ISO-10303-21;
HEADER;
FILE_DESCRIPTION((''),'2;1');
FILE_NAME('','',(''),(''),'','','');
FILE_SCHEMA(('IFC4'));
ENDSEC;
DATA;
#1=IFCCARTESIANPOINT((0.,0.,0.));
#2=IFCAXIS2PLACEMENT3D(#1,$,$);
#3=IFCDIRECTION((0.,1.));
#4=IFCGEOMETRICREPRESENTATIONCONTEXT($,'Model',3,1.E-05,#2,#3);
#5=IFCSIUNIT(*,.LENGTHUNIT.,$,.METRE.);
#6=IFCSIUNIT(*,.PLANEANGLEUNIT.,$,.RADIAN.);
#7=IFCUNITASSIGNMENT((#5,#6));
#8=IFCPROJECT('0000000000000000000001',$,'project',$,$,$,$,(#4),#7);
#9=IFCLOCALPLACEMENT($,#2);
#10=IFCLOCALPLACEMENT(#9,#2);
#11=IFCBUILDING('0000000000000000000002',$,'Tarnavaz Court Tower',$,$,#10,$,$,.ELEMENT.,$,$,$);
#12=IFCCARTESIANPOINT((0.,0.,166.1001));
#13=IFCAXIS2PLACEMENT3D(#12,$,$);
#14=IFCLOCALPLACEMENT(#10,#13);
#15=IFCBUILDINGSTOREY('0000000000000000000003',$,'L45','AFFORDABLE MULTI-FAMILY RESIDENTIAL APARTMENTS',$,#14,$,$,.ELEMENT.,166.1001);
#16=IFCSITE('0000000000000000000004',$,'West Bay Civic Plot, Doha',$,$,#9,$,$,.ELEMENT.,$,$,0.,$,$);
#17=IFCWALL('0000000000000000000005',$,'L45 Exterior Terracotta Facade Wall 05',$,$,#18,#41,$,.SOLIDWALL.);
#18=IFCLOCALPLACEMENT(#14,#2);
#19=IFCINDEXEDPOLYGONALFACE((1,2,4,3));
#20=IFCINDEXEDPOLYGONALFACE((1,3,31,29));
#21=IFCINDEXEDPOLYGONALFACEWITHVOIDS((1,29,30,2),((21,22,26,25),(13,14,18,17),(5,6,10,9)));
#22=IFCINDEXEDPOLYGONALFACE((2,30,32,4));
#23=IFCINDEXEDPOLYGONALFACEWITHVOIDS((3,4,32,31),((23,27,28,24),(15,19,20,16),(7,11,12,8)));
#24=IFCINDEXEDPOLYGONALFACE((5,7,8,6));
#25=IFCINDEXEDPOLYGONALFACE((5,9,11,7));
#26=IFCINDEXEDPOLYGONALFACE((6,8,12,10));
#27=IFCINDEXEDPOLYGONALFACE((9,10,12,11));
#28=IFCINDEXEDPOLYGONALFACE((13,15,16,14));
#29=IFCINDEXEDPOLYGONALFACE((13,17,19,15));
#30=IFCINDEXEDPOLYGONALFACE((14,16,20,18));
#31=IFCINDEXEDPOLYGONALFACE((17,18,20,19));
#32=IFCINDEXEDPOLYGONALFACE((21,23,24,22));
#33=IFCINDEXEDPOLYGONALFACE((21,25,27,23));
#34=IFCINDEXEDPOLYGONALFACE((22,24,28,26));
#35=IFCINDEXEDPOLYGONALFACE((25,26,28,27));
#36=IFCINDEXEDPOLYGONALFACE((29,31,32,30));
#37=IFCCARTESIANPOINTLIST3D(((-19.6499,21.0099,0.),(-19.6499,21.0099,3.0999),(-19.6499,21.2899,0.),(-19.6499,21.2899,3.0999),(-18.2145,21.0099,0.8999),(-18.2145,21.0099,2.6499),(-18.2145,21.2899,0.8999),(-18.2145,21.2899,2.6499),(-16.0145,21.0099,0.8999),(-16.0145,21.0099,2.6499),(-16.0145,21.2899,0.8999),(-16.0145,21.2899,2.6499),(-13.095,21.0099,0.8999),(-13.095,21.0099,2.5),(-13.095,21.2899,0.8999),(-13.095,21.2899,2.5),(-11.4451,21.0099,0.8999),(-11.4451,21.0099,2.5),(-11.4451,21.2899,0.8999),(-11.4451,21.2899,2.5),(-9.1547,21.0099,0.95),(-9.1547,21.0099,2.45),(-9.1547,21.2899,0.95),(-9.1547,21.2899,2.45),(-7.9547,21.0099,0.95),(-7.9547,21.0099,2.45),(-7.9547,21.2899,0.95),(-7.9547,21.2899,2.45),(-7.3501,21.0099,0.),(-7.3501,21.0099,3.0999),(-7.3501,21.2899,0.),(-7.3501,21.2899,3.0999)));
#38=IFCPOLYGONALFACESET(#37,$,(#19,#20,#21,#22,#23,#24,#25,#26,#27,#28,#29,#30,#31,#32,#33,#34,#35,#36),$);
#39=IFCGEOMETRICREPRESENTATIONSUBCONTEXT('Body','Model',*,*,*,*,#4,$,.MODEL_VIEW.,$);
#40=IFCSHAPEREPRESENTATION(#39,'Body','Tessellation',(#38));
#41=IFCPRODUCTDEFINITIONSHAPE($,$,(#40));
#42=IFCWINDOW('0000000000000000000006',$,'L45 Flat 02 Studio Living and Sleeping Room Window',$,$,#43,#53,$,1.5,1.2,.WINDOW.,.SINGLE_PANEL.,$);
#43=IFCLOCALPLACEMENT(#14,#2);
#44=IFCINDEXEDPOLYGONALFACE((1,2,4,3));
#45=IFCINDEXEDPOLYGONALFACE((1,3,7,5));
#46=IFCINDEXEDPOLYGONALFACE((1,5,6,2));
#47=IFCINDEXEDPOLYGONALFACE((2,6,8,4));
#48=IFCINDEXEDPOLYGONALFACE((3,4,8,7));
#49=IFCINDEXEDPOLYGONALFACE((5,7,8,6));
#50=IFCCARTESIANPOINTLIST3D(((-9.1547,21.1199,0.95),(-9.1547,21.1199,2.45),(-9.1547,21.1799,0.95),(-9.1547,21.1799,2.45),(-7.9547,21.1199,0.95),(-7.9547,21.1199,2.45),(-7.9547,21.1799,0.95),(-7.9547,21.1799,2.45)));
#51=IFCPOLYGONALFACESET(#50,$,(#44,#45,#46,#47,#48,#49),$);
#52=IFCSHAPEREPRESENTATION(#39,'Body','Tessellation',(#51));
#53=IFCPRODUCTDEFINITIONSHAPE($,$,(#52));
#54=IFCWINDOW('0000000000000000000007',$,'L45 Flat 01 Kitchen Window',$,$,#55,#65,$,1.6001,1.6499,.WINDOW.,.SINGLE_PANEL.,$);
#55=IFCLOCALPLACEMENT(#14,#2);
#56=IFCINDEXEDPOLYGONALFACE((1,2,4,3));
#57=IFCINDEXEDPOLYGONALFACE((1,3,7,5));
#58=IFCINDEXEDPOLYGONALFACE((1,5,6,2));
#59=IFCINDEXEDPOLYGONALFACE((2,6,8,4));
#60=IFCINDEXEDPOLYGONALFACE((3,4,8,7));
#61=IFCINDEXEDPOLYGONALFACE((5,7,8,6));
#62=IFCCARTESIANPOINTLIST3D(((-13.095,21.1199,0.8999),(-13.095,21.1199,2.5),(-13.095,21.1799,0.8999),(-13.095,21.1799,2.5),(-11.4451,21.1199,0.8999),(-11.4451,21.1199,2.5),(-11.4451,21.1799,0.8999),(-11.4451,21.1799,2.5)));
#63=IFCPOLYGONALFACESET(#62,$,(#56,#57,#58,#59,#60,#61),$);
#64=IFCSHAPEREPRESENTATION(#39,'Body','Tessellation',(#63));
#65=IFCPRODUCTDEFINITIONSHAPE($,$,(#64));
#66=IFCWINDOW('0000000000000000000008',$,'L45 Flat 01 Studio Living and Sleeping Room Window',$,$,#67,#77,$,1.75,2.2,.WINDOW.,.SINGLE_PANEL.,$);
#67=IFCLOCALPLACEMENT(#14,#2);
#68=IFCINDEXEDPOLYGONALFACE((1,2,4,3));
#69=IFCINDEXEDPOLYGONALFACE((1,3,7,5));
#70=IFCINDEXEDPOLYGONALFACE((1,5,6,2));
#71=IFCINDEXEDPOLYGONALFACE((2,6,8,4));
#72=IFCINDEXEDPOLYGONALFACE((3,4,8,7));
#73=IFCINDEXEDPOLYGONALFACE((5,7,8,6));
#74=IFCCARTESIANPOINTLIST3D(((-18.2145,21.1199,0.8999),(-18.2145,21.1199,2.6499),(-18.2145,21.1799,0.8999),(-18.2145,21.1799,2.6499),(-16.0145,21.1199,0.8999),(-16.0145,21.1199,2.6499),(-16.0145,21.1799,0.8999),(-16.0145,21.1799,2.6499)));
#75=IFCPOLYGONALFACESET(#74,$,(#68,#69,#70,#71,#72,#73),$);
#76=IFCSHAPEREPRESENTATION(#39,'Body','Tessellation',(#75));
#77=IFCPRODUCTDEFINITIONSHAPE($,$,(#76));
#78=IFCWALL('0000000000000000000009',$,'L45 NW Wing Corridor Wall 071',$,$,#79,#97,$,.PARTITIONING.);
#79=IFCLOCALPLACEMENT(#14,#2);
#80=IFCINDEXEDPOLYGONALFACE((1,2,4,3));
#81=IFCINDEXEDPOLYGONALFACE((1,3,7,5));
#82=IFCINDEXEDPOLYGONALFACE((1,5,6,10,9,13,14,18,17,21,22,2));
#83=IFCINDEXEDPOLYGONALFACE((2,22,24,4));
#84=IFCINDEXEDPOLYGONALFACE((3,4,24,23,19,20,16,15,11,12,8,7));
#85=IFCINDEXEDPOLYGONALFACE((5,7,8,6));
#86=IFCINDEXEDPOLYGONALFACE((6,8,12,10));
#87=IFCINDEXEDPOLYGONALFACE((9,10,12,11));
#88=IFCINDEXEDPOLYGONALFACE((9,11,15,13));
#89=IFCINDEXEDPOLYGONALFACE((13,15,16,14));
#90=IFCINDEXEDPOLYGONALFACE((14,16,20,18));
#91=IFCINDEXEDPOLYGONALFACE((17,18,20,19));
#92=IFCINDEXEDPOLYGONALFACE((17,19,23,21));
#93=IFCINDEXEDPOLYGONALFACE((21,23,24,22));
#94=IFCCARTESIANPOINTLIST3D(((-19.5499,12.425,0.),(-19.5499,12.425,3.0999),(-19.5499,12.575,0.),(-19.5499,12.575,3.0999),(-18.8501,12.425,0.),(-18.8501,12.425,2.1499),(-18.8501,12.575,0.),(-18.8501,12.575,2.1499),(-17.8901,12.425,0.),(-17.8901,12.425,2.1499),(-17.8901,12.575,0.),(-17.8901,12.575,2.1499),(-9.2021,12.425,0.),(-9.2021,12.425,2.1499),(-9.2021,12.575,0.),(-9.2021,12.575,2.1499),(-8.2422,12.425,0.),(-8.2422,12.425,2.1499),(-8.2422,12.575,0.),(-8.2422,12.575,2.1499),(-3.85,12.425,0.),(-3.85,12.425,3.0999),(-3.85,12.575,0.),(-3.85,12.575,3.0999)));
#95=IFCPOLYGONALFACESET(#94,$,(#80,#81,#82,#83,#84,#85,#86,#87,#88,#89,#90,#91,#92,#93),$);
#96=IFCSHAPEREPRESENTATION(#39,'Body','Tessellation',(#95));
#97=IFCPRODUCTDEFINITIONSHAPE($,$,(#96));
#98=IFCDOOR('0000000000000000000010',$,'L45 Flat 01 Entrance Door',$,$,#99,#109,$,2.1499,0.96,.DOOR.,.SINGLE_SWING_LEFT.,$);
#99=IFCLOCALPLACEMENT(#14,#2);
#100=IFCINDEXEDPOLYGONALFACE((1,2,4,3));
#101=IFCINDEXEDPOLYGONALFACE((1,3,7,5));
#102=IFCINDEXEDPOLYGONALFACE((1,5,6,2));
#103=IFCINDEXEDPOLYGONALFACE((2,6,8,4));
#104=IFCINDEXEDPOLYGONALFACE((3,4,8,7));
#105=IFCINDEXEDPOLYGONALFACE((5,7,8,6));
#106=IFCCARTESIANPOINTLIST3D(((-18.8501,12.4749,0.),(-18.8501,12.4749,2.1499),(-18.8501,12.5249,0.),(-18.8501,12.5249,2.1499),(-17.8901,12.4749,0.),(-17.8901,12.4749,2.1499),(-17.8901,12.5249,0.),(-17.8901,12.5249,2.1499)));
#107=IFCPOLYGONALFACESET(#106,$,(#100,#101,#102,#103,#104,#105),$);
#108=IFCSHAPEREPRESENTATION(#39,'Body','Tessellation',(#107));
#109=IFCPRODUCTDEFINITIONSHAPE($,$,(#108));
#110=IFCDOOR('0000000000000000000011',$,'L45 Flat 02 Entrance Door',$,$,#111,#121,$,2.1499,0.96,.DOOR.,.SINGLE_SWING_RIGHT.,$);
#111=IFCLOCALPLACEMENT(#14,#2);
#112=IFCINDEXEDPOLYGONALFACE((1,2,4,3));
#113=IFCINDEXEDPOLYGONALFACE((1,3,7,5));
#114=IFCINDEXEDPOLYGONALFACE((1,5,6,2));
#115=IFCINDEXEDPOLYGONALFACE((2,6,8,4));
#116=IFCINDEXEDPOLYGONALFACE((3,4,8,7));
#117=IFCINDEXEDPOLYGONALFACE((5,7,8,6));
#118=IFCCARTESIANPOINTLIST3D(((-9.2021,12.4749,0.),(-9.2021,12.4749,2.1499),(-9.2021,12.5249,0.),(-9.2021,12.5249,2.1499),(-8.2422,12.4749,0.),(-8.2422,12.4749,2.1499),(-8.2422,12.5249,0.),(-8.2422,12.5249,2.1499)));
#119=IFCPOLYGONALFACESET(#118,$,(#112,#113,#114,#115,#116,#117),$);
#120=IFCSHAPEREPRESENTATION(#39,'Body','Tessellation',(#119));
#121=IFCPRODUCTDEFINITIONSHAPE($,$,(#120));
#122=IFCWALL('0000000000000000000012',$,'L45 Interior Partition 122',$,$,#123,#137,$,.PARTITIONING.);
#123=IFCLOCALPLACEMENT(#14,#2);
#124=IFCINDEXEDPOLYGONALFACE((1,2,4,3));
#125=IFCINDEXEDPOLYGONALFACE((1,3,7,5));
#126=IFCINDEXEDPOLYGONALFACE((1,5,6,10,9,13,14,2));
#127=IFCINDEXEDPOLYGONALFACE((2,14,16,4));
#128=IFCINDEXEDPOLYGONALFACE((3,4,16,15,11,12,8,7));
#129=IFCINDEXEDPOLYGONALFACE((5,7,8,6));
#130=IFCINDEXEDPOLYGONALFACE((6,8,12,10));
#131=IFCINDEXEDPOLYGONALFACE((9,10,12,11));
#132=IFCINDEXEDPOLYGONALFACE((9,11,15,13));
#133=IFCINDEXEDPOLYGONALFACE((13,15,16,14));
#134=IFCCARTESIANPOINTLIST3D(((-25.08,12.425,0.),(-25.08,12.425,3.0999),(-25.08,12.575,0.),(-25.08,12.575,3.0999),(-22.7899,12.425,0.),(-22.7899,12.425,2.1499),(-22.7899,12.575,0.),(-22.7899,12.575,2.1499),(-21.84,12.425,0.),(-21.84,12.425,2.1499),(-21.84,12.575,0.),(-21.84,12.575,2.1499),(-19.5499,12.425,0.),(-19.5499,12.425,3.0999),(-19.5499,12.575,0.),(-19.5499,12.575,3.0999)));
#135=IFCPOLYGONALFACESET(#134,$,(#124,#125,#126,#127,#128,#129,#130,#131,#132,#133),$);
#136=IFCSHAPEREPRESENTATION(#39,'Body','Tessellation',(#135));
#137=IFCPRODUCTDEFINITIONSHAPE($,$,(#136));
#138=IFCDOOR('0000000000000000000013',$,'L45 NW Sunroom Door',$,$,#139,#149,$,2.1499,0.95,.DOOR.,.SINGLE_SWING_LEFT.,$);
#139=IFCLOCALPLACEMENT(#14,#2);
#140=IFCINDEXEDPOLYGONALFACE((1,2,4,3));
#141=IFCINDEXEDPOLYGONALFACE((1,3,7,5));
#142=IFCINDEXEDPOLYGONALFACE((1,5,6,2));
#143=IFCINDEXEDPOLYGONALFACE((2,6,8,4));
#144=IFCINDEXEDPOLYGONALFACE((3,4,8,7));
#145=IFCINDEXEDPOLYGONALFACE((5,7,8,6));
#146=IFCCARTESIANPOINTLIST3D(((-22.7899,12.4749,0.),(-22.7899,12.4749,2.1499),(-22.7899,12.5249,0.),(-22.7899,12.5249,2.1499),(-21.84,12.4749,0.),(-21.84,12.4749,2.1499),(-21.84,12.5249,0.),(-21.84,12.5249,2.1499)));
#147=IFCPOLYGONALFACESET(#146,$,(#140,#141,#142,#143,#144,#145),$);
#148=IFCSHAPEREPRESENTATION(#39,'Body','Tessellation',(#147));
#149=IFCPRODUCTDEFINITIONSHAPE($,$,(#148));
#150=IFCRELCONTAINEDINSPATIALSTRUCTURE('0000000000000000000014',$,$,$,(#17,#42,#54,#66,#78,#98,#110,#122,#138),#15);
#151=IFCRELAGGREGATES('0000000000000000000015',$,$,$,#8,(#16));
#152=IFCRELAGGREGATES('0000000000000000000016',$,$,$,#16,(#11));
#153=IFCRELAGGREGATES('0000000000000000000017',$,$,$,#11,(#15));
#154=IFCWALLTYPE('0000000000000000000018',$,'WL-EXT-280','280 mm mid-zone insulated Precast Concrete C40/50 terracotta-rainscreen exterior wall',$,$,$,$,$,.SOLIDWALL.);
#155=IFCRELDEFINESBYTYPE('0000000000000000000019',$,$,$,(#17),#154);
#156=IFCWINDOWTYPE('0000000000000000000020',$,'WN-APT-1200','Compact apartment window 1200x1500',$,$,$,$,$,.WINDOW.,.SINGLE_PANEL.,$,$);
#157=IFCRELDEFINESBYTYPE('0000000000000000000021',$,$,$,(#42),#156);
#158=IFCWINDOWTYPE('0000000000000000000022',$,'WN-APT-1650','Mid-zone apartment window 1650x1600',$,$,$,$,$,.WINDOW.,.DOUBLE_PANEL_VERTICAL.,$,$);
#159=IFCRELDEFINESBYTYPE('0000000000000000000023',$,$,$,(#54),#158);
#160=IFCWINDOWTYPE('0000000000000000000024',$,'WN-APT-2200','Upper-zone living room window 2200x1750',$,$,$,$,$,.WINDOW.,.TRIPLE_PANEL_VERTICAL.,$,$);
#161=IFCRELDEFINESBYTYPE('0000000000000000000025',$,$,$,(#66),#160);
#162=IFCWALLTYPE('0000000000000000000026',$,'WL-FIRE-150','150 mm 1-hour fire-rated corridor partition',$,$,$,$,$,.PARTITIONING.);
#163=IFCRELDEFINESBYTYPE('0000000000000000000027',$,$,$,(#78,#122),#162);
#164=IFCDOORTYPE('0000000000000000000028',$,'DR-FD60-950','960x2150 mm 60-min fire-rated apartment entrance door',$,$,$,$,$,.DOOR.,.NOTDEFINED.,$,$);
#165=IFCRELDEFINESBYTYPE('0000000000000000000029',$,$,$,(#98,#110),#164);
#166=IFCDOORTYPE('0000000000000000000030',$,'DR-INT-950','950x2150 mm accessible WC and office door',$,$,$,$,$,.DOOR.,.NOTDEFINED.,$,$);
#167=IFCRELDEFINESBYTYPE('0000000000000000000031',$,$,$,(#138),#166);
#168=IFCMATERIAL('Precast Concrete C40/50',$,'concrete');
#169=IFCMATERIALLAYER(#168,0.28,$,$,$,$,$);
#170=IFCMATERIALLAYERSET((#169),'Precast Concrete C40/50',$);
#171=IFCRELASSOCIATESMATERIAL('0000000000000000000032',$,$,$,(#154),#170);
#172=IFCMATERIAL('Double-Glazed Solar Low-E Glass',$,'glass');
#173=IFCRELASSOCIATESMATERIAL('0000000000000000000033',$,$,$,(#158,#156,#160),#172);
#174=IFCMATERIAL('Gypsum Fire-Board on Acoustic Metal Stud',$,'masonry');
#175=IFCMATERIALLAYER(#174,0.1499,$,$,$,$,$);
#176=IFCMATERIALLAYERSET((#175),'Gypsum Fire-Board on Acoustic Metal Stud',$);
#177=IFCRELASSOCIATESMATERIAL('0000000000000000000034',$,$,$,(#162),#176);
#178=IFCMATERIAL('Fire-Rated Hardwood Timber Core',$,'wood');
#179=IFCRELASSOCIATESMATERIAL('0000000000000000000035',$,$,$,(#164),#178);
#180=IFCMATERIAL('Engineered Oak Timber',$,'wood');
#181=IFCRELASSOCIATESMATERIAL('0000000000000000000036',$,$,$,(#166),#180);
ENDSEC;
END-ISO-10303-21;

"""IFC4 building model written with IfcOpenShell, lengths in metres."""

from ifc_helpers import new_model, si_unit, direction, frame, frame_2d, origin, place, context, subcontext, project, spatial, rectangle, extrude, material, layer, layer_set, type_object, element, fill, save


model = new_model("IFC4")

# Units and contexts
model_context = context("Model", 3, precision=1e-05, world=origin(), true_north=direction((0.0, 1.0)))
body_context = subcontext(model_context, "Body", "Model", "MODEL_VIEW")
ifc_project = project(units=[si_unit("LENGTHUNIT", "METRE"), si_unit("PLANEANGLEUNIT", "RADIAN")], contexts=[model_context])

# Site, building, storey
site_placement = place(None, origin())
site = spatial("IfcSite", under=ifc_project, at=site_placement, Name="West Bay Civic Plot, Doha", CompositionType="ELEMENT", RefElevation=0.0)
building_placement = place(site_placement, origin())
building = spatial("IfcBuilding", under=site, at=building_placement, Name="Tarnavaz Court Tower", CompositionType="ELEMENT")
storey_placement = place(building_placement, frame((0.0, 0.0, 166.1001)))
storey = spatial("IfcBuildingStorey", under=building, at=storey_placement, Name="L45", Description="AFFORDABLE MULTI-FAMILY RESIDENTIAL APARTMENTS", CompositionType="ELEMENT", Elevation=166.1001)

# Shared definitions
ifc_material_1 = material(Name="Precast Concrete C40/50", Category="concrete")
ifc_layer_1 = layer(ifc_material_1, 0.28)
ifc_layer_set_1 = layer_set([ifc_layer_1], Name="Precast Concrete C40/50")
wall_type_1 = type_object("IfcWallType", Name="WL-EXT-280", Description="280 mm mid-zone insulated Precast Concrete C40/50 terracotta-rainscreen exterior wall", PredefinedType="SOLIDWALL", material=ifc_layer_set_1)
ifc_material_2 = material(Name="Double-Glazed Solar Low-E Glass", Category="glass")
window_type_1 = type_object("IfcWindowType", Name="WN-APT-1650", Description="Mid-zone apartment window 1650x1600", PartitioningType="DOUBLE_PANEL_VERTICAL", PredefinedType="WINDOW", material=ifc_material_2)

# Wall, openings, windows
wall_1_placement = place(storey_placement, frame((-19.6499, 21.1499, 0.0), z_axis=(0.0, 0.0, 1.0), x_axis=(1.0, 0.0, 0.0)))
wall_1 = element("IfcWall", 1, at=wall_1_placement, inside=storey, type_object=wall_type_1, Name="L45 Exterior Terracotta Facade Wall 05", PredefinedType="SOLIDWALL", context=body_context, shape_type="SweptSolid", body=[
    extrude(rectangle(XDim=12.2998, YDim=0.28, at=frame_2d((6.1499, 0.0))), origin(), (0.0, 0.0, 1.0), 3.0999),
])
opening_1_placement = place(wall_1_placement, frame((1.4353, 0.0, 0.8999)))
opening_1 = element("IfcOpeningElement", 2, at=opening_1_placement, cuts=wall_1, PredefinedType="OPENING", context=body_context, shape_type="SweptSolid", body=[
    extrude(rectangle(XDim=2.2, YDim=1.75, at=frame_2d((1.1001, 0.875))), frame((0.0, 0.1499, 0.0), z_axis=(0.0, -1.0, 0.0), x_axis=(1.0, 0.0, 0.0)), (0.0, 0.0, 1.0), 0.3),
])
opening_2_placement = place(wall_1_placement, frame((6.5549, 0.0, 0.8999)))
opening_2 = element("IfcOpeningElement", 3, at=opening_2_placement, cuts=wall_1, PredefinedType="OPENING", context=body_context, shape_type="SweptSolid", body=[
    extrude(rectangle(XDim=1.6499, YDim=1.6001, at=frame_2d((0.825, 0.8))), frame((0.0, 0.1499, 0.0), z_axis=(0.0, -1.0, 0.0), x_axis=(1.0, 0.0, 0.0)), (0.0, 0.0, 1.0), 0.3),
])
opening_3_placement = place(wall_1_placement, frame((10.4951, 0.0, 0.95)))
opening_3 = element("IfcOpeningElement", 4, at=opening_3_placement, cuts=wall_1, PredefinedType="OPENING", context=body_context, shape_type="SweptSolid", body=[
    extrude(rectangle(XDim=1.2, YDim=1.5, at=frame_2d((0.6001, 0.75))), frame((0.0, 0.1499, 0.0), z_axis=(0.0, -1.0, 0.0), x_axis=(1.0, 0.0, 0.0)), (0.0, 0.0, 1.0), 0.3),
])
window_type_2 = type_object("IfcWindowType", Name="WN-APT-1200", Description="Compact apartment window 1200x1500", PartitioningType="SINGLE_PANEL", PredefinedType="WINDOW", material=ifc_material_2)
window_1_placement = place(opening_3_placement, origin())
window_1 = element("IfcWindow", 5, at=window_1_placement, inside=storey, type_object=window_type_2, Name="L45 Flat 02 Studio Living and Sleeping Room Window", OverallHeight=1.5, OverallWidth=1.2, PartitioningType="SINGLE_PANEL", PredefinedType="WINDOW", context=body_context, shape_type="SweptSolid", body=[
    extrude(rectangle(XDim=1.2, YDim=1.5, at=frame_2d((0.6001, 0.75))), frame((0.0, 0.03, 0.0), z_axis=(0.0, -1.0, 0.0), x_axis=(1.0, 0.0, 0.0)), (0.0, 0.0, 1.0), 0.0601),
])
fill(opening_3, window_1)
window_2_placement = place(opening_2_placement, origin())
window_2 = element("IfcWindow", 6, at=window_2_placement, inside=storey, type_object=window_type_1, Name="L45 Flat 01 Kitchen Window", OverallHeight=1.6001, OverallWidth=1.6499, PartitioningType="SINGLE_PANEL", PredefinedType="WINDOW", context=body_context, shape_type="SweptSolid", body=[
    extrude(rectangle(XDim=1.6499, YDim=1.6001, at=frame_2d((0.825, 0.8))), frame((0.0, 0.03, 0.0), z_axis=(0.0, -1.0, 0.0), x_axis=(1.0, 0.0, 0.0)), (0.0, 0.0, 1.0), 0.0601),
])
fill(opening_2, window_2)
window_type_3 = type_object("IfcWindowType", Name="WN-APT-2200", Description="Upper-zone living room window 2200x1750", PartitioningType="TRIPLE_PANEL_VERTICAL", PredefinedType="WINDOW", material=ifc_material_2)
window_3_placement = place(opening_1_placement, origin())
window_3 = element("IfcWindow", 7, at=window_3_placement, inside=storey, type_object=window_type_3, Name="L45 Flat 01 Studio Living and Sleeping Room Window", OverallHeight=1.75, OverallWidth=2.2, PartitioningType="SINGLE_PANEL", PredefinedType="WINDOW", context=body_context, shape_type="SweptSolid", body=[
    extrude(rectangle(XDim=2.2, YDim=1.75, at=frame_2d((1.1001, 0.875))), frame((0.0, 0.03, 0.0), z_axis=(0.0, -1.0, 0.0), x_axis=(1.0, 0.0, 0.0)), (0.0, 0.0, 1.0), 0.0601),
])
fill(opening_1, window_3)

# Wall, openings, doors
ifc_material_3 = material(Name="Gypsum Fire-Board on Acoustic Metal Stud", Category="masonry")
ifc_layer_2 = layer(ifc_material_3, 0.1499)
ifc_layer_set_2 = layer_set([ifc_layer_2], Name="Gypsum Fire-Board on Acoustic Metal Stud")
wall_type_2 = type_object("IfcWallType", Name="WL-FIRE-150", Description="150 mm 1-hour fire-rated corridor partition", PredefinedType="PARTITIONING", material=ifc_layer_set_2)
wall_2_placement = place(storey_placement, frame((-19.55, 12.5, 0.0), z_axis=(0.0, 0.0, 1.0), x_axis=(1.0, 0.0, 0.0)))
wall_2 = element("IfcWall", 8, at=wall_2_placement, inside=storey, type_object=wall_type_2, Name="L45 NW Wing Corridor Wall 071", PredefinedType="PARTITIONING", context=body_context, shape_type="SweptSolid", body=[
    extrude(rectangle(XDim=15.7, YDim=0.1499, at=frame_2d((7.8501, 0.0))), origin(), (0.0, 0.0, 1.0), 3.0999),
])
opening_4_placement = place(wall_2_placement, frame((0.7, 0.0, 0.0)))
opening_4 = element("IfcOpeningElement", 9, at=opening_4_placement, cuts=wall_2, PredefinedType="OPENING", context=body_context, shape_type="SweptSolid", body=[
    extrude(rectangle(XDim=0.96, YDim=2.1499, at=frame_2d((0.48, 1.075))), frame((0.0, 0.085, 0.0), z_axis=(0.0, -1.0, 0.0), x_axis=(1.0, 0.0, 0.0)), (0.0, 0.0, 1.0), 0.1699),
])
opening_5_placement = place(wall_2_placement, frame((10.3479, 0.0, 0.0)))
opening_5 = element("IfcOpeningElement", 10, at=opening_5_placement, cuts=wall_2, PredefinedType="OPENING", context=body_context, shape_type="SweptSolid", body=[
    extrude(rectangle(XDim=0.96, YDim=2.1499, at=frame_2d((0.48, 1.075))), frame((0.0, 0.085, 0.0), z_axis=(0.0, -1.0, 0.0), x_axis=(1.0, 0.0, 0.0)), (0.0, 0.0, 1.0), 0.1699),
])
ifc_material_4 = material(Name="Fire-Rated Hardwood Timber Core", Category="wood")
door_type_1 = type_object("IfcDoorType", Name="DR-FD60-950", Description="960x2150 mm 60-min fire-rated apartment entrance door", OperationType="NOTDEFINED", PredefinedType="DOOR", material=ifc_material_4)
door_1_placement = place(opening_4_placement, origin())
door_1 = element("IfcDoor", 11, at=door_1_placement, inside=storey, type_object=door_type_1, Name="L45 Flat 01 Entrance Door", OperationType="SINGLE_SWING_LEFT", OverallHeight=2.1499, OverallWidth=0.96, PredefinedType="DOOR", context=body_context, shape_type="SweptSolid", body=[
    extrude(rectangle(XDim=0.96, YDim=2.1499, at=frame_2d((0.48, 1.075))), frame((0.0, 0.0249, 0.0), z_axis=(0.0, -1.0, 0.0), x_axis=(1.0, 0.0, 0.0)), (0.0, 0.0, 1.0), 0.05),
])
fill(opening_4, door_1)
door_2_placement = place(opening_5_placement, origin())
door_2 = element("IfcDoor", 12, at=door_2_placement, inside=storey, type_object=door_type_1, Name="L45 Flat 02 Entrance Door", OperationType="SINGLE_SWING_RIGHT", OverallHeight=2.1499, OverallWidth=0.96, PredefinedType="DOOR", context=body_context, shape_type="SweptSolid", body=[
    extrude(rectangle(XDim=0.96, YDim=2.1499, at=frame_2d((0.48, 1.075))), frame((0.0, 0.0249, 0.0), z_axis=(0.0, -1.0, 0.0), x_axis=(1.0, 0.0, 0.0)), (0.0, 0.0, 1.0), 0.05),
])
fill(opening_5, door_2)

# Wall, opening, door
wall_3_placement = place(storey_placement, frame((-25.0801, 12.5, 0.0), z_axis=(0.0, 0.0, 1.0), x_axis=(1.0, 0.0, 0.0)))
wall_3 = element("IfcWall", 13, at=wall_3_placement, inside=storey, type_object=wall_type_2, Name="L45 Interior Partition 122", PredefinedType="PARTITIONING", context=body_context, shape_type="SweptSolid", body=[
    extrude(rectangle(XDim=5.53, YDim=0.1499, at=frame_2d((2.7651, 0.0))), origin(), (0.0, 0.0, 1.0), 3.0999),
])
opening_6_placement = place(wall_3_placement, frame((2.29, 0.0, 0.0)))
opening_6 = element("IfcOpeningElement", 14, at=opening_6_placement, cuts=wall_3, PredefinedType="OPENING", context=body_context, shape_type="SweptSolid", body=[
    extrude(rectangle(XDim=0.95, YDim=2.1499, at=frame_2d((0.4751, 1.075))), frame((0.0, 0.085, 0.0), z_axis=(0.0, -1.0, 0.0), x_axis=(1.0, 0.0, 0.0)), (0.0, 0.0, 1.0), 0.1699),
])
ifc_material_5 = material(Name="Engineered Oak Timber", Category="wood")
door_type_2 = type_object("IfcDoorType", Name="DR-INT-950", Description="950x2150 mm accessible WC and office door", OperationType="NOTDEFINED", PredefinedType="DOOR", material=ifc_material_5)
door_3_placement = place(opening_6_placement, origin())
door_3 = element("IfcDoor", 15, at=door_3_placement, inside=storey, type_object=door_type_2, Name="L45 NW Sunroom Door", OperationType="SINGLE_SWING_LEFT", OverallHeight=2.1499, OverallWidth=0.95, PredefinedType="DOOR", context=body_context, shape_type="SweptSolid", body=[
    extrude(rectangle(XDim=0.95, YDim=2.1499, at=frame_2d((0.4751, 1.075))), frame((0.0, 0.0249, 0.0), z_axis=(0.0, -1.0, 0.0), x_axis=(1.0, 0.0, 0.0)), (0.0, 0.0, 1.0), 0.05),
])
fill(opening_6, door_3)

save(model, "model.ifc")
